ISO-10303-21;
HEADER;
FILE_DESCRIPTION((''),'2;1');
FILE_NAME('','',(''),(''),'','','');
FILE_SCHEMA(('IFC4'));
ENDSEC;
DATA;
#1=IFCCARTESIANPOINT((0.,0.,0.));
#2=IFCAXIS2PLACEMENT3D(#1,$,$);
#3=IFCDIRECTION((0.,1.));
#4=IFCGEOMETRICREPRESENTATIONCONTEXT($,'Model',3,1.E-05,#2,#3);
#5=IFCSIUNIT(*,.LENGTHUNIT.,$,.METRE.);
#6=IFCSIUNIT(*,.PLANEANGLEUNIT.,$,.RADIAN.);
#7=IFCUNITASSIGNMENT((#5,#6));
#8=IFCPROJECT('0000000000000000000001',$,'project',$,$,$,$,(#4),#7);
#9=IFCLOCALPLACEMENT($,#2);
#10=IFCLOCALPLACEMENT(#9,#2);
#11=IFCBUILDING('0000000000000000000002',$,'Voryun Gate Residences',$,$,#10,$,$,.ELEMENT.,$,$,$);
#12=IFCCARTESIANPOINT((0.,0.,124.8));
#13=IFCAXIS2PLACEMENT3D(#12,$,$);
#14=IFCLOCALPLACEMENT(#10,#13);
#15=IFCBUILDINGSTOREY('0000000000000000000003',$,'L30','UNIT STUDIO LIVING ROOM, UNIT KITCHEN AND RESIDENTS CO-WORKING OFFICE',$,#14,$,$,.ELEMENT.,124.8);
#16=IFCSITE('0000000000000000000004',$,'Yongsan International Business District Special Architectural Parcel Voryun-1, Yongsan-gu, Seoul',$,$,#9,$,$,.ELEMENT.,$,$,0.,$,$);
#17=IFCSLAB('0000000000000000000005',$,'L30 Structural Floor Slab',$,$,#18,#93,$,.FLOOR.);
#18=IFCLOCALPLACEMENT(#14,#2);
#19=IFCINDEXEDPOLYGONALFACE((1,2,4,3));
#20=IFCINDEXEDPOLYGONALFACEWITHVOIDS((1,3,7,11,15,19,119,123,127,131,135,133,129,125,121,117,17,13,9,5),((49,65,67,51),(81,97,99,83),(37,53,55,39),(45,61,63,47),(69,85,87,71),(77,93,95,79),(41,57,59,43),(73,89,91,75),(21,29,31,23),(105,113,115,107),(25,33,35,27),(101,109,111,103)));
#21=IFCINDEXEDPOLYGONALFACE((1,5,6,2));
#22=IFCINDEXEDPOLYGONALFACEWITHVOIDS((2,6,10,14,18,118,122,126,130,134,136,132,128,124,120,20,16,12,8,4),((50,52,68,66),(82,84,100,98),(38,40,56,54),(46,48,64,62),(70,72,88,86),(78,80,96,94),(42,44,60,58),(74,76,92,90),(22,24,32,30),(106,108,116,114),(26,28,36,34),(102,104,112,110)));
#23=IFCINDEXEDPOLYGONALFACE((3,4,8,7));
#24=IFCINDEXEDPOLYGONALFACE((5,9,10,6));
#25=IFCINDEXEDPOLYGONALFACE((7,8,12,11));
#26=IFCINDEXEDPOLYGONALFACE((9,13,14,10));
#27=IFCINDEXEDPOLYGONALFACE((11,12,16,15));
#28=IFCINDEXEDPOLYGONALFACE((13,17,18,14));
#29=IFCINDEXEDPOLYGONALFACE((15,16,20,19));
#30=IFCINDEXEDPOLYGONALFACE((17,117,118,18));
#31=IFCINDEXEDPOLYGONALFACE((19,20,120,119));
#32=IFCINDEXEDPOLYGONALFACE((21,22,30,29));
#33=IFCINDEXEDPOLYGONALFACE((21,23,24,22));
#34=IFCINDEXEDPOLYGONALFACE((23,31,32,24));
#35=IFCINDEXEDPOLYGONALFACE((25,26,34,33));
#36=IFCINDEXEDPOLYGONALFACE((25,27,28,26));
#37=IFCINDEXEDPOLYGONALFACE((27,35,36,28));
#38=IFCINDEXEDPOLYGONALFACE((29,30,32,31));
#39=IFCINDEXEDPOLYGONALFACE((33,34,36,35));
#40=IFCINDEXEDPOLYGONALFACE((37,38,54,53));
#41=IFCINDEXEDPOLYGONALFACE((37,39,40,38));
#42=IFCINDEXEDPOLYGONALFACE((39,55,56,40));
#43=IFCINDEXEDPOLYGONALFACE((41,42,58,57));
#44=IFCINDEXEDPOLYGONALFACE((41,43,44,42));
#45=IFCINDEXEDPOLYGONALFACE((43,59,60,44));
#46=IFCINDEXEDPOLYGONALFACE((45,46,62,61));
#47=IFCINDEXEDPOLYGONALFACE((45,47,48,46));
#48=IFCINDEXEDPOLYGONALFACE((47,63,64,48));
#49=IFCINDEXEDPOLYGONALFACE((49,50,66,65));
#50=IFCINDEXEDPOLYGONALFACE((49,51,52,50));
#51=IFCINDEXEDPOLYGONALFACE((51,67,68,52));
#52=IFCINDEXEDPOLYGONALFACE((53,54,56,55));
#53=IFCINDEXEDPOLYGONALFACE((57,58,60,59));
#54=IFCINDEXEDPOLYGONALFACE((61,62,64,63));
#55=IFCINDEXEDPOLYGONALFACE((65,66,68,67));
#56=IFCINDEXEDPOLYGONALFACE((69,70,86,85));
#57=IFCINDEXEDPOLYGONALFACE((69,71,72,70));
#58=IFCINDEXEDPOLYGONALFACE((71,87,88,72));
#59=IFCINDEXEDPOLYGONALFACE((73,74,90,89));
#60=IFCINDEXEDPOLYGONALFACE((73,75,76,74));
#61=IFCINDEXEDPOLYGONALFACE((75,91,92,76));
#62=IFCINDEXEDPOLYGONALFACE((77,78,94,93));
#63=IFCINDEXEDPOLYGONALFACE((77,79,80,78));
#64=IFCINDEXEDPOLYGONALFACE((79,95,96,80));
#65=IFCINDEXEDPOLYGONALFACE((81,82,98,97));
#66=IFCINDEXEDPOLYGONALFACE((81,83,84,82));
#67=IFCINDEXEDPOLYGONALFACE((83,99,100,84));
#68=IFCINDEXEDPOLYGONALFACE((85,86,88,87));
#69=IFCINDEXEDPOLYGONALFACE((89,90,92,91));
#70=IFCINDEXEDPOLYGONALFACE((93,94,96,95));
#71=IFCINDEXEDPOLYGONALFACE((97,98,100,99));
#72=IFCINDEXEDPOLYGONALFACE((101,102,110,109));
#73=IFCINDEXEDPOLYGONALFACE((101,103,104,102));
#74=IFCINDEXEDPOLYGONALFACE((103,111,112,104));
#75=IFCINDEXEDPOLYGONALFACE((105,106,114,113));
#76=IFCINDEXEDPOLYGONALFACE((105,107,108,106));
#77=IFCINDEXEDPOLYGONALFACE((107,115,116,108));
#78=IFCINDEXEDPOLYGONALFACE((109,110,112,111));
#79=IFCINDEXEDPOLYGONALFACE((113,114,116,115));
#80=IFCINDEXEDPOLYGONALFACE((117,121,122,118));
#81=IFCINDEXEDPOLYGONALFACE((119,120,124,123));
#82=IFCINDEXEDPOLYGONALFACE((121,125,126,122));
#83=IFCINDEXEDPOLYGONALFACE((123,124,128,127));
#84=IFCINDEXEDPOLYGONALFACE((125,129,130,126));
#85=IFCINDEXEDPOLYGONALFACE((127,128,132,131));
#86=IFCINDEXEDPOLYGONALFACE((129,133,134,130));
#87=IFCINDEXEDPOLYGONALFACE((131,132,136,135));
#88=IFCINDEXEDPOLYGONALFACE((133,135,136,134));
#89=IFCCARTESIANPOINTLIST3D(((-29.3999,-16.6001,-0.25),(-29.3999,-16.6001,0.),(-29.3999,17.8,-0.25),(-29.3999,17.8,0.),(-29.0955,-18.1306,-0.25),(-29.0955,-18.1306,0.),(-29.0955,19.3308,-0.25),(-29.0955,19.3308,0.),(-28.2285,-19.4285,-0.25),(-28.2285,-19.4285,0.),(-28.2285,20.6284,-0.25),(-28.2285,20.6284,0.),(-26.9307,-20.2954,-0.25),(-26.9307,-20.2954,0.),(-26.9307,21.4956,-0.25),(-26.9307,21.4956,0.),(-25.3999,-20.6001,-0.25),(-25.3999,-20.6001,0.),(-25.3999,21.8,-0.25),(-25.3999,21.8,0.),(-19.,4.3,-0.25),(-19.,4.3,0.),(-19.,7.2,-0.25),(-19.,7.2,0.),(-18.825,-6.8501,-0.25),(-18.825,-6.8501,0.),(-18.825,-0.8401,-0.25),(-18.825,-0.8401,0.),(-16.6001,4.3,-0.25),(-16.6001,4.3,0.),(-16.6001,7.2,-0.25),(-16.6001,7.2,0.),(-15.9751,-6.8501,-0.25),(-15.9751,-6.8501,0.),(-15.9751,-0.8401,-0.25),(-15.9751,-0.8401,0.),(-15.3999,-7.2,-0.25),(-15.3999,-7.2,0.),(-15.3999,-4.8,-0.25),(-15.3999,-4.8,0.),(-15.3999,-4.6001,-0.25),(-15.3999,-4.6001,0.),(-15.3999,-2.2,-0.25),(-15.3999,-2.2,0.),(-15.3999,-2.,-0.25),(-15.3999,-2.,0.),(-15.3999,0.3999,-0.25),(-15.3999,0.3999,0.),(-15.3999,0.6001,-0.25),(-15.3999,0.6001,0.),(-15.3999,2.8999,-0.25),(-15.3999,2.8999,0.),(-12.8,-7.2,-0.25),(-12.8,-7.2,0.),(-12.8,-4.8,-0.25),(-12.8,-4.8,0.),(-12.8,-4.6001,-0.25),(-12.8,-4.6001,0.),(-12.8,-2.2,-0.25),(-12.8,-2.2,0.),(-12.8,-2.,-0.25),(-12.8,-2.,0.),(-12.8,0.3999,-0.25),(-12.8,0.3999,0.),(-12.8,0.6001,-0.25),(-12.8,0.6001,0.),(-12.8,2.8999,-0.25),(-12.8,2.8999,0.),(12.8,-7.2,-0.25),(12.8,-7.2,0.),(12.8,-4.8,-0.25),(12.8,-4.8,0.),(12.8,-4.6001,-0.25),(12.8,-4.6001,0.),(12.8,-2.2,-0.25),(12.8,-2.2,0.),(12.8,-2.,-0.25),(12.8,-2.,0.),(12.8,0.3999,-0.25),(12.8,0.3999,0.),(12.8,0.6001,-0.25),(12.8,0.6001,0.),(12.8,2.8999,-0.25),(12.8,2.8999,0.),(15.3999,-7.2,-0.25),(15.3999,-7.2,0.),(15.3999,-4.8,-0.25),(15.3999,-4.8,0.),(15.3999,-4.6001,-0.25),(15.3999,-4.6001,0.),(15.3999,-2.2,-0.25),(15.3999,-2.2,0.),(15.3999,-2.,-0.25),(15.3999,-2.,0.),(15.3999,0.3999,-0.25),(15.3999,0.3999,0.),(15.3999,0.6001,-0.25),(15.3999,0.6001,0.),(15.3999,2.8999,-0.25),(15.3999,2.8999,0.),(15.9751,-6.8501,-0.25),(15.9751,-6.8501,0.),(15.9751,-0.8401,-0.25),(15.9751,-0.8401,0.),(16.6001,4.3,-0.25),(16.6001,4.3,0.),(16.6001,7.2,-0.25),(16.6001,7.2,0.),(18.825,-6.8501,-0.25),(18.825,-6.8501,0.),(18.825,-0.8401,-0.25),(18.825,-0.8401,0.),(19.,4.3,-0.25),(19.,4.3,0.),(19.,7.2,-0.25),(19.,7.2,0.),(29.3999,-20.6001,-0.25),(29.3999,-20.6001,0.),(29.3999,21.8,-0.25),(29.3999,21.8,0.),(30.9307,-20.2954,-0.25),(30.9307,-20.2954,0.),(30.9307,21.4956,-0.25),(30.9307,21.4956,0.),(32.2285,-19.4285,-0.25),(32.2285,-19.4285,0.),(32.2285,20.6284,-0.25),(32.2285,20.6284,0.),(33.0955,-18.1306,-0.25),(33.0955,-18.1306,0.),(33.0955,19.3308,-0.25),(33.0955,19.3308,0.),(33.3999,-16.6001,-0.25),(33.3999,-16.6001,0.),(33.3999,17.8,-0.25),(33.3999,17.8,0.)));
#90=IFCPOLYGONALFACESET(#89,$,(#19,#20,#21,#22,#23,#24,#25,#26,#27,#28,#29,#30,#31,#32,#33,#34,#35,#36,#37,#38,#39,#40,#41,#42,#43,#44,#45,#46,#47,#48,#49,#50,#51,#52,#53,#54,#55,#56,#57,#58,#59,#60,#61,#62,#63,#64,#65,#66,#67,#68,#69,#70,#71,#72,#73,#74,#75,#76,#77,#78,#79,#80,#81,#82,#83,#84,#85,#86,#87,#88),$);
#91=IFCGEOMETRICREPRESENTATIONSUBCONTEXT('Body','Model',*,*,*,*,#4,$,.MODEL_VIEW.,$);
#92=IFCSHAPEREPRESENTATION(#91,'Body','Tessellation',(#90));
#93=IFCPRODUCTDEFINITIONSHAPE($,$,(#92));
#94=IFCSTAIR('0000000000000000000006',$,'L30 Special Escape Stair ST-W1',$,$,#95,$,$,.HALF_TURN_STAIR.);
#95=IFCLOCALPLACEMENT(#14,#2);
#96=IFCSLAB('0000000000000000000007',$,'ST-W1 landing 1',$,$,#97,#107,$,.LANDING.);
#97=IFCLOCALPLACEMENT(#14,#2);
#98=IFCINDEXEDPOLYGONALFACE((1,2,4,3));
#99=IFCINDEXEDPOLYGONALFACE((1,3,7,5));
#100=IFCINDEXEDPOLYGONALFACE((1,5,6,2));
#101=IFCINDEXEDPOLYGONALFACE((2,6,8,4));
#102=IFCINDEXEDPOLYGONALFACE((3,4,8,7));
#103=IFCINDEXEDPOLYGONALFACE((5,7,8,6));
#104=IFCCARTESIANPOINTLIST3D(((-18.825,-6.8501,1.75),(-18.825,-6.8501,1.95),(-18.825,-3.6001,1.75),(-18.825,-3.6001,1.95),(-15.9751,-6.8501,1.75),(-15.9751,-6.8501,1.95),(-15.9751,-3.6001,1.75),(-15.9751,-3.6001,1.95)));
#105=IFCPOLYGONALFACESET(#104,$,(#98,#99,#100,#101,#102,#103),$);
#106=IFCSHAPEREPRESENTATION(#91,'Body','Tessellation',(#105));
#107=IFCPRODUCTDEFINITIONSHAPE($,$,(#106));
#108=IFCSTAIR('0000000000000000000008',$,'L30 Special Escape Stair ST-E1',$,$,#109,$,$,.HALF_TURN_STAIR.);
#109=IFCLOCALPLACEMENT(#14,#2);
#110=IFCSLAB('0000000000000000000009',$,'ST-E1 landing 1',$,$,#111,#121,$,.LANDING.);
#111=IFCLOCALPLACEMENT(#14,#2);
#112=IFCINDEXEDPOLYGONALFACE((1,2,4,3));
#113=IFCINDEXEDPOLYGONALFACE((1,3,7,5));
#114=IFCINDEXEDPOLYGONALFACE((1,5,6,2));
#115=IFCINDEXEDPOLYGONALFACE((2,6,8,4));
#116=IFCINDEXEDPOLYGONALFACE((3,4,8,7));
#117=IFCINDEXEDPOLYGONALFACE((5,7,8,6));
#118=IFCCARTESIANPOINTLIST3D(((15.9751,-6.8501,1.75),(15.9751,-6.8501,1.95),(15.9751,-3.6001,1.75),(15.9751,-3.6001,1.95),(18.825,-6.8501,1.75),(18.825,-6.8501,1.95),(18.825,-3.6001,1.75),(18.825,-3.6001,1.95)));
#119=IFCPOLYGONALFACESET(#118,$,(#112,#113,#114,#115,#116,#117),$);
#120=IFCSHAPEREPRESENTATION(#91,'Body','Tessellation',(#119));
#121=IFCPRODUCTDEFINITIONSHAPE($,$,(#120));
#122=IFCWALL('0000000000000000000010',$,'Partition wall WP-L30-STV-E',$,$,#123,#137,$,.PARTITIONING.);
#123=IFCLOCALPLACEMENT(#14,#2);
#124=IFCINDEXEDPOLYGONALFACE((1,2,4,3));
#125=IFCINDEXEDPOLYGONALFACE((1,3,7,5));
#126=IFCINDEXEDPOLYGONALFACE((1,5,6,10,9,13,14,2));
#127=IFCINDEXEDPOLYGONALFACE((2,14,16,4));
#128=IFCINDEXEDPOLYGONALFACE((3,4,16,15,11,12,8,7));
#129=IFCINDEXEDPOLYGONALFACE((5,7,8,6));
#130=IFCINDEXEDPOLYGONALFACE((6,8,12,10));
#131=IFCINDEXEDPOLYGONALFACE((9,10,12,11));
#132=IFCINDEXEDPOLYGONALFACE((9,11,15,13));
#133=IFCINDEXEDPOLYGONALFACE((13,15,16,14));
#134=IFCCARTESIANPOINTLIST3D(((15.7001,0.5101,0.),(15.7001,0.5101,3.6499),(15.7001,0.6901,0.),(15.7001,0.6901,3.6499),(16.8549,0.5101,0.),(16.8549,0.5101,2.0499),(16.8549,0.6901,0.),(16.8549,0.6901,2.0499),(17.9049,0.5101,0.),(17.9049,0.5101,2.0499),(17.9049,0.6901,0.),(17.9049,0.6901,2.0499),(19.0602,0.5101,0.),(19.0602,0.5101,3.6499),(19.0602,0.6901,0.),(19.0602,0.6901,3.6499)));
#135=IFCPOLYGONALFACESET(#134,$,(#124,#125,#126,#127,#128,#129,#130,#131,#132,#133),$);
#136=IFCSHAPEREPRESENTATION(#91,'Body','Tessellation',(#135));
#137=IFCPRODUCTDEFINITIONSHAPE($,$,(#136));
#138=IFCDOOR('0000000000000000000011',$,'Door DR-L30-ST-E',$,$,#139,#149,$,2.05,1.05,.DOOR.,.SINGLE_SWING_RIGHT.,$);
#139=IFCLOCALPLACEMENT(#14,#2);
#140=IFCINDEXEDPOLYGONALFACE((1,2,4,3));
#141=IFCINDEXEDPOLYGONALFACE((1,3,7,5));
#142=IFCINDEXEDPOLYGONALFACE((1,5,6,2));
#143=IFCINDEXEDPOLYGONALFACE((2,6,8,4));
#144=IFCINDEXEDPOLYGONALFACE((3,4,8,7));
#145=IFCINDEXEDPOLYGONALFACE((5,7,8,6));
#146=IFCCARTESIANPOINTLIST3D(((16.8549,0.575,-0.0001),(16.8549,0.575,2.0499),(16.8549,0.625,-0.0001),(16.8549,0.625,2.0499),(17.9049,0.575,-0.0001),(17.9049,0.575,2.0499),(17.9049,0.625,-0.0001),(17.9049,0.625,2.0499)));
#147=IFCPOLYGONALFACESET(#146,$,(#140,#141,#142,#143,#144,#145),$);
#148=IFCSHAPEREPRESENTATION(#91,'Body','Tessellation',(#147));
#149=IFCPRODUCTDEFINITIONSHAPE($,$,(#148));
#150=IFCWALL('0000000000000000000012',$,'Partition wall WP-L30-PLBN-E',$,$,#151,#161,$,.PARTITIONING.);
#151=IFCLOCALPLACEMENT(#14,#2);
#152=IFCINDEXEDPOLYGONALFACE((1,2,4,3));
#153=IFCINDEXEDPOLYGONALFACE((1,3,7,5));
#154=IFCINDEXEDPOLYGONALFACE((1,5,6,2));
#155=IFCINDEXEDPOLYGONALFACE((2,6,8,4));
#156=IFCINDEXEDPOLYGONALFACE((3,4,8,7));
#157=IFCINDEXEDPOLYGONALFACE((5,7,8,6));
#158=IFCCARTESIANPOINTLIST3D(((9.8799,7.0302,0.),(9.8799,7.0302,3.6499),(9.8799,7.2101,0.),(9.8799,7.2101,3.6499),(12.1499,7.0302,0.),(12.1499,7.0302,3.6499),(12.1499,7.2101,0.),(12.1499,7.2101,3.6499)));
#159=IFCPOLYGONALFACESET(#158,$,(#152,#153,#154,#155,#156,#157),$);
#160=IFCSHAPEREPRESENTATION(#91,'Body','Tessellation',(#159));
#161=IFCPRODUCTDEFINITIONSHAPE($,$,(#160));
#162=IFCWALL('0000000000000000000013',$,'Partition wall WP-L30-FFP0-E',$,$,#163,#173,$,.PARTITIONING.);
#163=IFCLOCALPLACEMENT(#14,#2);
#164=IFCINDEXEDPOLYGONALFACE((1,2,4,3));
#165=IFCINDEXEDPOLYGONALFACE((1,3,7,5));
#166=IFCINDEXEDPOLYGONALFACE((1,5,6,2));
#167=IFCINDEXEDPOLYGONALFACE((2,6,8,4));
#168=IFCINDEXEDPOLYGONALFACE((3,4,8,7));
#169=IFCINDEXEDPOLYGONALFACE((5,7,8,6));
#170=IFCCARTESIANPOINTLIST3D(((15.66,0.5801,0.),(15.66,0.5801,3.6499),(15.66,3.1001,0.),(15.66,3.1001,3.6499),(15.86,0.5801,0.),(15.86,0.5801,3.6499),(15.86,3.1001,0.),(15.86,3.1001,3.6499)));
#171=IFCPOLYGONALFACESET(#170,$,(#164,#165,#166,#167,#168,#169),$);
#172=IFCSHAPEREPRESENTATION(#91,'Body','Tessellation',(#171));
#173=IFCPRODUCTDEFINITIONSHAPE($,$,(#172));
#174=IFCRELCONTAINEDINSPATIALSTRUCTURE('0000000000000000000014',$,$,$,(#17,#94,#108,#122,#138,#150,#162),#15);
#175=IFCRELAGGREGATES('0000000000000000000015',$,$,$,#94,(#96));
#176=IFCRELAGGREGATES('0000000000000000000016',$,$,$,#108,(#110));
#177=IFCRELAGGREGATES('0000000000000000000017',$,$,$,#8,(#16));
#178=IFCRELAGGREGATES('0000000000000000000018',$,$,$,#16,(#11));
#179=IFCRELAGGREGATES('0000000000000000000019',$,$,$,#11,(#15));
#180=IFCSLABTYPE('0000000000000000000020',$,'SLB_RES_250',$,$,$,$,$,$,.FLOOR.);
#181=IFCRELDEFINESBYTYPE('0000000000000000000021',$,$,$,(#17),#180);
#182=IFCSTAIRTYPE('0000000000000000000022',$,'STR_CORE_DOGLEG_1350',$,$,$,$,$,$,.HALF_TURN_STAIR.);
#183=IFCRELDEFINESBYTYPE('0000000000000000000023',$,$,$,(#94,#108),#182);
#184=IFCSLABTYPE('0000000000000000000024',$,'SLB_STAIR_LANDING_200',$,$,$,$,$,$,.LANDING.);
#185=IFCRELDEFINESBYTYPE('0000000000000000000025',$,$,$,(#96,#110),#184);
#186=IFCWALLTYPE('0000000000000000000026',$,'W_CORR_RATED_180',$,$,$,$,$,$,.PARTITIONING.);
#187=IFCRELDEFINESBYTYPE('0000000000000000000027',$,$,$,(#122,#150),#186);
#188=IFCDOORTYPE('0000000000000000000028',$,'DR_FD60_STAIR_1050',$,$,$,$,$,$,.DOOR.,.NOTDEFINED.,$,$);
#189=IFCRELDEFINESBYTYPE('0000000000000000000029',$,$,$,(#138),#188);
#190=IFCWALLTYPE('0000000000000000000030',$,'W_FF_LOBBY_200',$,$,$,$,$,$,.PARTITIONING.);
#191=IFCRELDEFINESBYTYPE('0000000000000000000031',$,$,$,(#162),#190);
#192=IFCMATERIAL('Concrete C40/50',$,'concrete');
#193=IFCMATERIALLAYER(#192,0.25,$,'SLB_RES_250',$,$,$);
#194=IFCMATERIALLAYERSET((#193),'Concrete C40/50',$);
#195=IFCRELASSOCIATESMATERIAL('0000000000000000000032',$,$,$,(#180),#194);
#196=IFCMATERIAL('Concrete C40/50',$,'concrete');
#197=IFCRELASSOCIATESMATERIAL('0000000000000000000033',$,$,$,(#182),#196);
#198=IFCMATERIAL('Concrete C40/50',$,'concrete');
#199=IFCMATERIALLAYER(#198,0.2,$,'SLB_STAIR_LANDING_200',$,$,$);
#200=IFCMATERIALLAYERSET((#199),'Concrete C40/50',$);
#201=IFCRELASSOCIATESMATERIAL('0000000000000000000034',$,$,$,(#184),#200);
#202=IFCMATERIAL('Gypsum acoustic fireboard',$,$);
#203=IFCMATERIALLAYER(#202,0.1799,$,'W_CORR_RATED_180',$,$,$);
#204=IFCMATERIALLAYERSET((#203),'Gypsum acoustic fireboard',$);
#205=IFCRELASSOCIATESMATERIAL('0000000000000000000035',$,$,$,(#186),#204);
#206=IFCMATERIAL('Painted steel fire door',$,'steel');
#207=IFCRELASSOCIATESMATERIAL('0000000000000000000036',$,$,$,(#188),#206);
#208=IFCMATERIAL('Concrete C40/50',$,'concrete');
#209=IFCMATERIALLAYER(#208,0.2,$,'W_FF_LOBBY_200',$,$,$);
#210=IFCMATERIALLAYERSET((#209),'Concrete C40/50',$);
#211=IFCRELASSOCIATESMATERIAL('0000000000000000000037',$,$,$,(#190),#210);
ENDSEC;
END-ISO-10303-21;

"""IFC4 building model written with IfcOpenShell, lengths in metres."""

from ifc_helpers import new_model, si_unit, direction, frame, frame_2d, origin, place, context, subcontext, project, spatial, polyline, rectangle, outline, extrude, material, layer, layer_set, type_object, element, fill, aggregate, save


model = new_model("IFC4")

# Units and contexts
model_context = context("Model", 3, precision=1e-05, world=origin(), true_north=direction((0.0, 1.0)))
body_context = subcontext(model_context, "Body", "Model", "MODEL_VIEW")
ifc_project = project(units=[si_unit("LENGTHUNIT", "METRE"), si_unit("PLANEANGLEUNIT", "RADIAN")], contexts=[model_context])

# Site, building, storey
site_placement = place(None, origin())
site = spatial("IfcSite", under=ifc_project, at=site_placement, Name="Yongsan International Business District Special Architectural Parcel Voryun-1, Yongsan-gu, Seoul", CompositionType="ELEMENT", RefElevation=0.0)
building_placement = place(site_placement, origin())
building = spatial("IfcBuilding", under=site, at=building_placement, Name="Voryun Gate Residences", CompositionType="ELEMENT")
storey_placement = place(building_placement, frame((0.0, 0.0, 124.8)))
storey = spatial("IfcBuildingStorey", under=building, at=storey_placement, Name="L30", Description="UNIT STUDIO LIVING ROOM, UNIT KITCHEN AND RESIDENTS CO-WORKING OFFICE", CompositionType="ELEMENT", Elevation=124.8)

# Slab
ifc_material_1 = material(Name="Concrete C40/50", Category="concrete")
ifc_layer_1 = layer(ifc_material_1, 0.25, Name="SLB_RES_250")
ifc_layer_set_1 = layer_set([ifc_layer_1], Name="Concrete C40/50")
slab_type_1 = type_object("IfcSlabType", Name="SLB_RES_250", PredefinedType="FLOOR", material=ifc_layer_set_1)
slab_1_placement = place(storey_placement, frame((0.0, 0.0, -0.25)))
element("IfcSlab", 1, at=slab_1_placement, inside=storey, type_object=slab_type_1, Name="L30 Structural Floor Slab", PredefinedType="FLOOR", context=body_context, shape_type="SweptSolid", body=[
    extrude(outline(polyline([(-25.3999, -20.6001), (-26.9307, -20.2954), (-28.2285, -19.4285), (-29.0955, -18.1306), (-29.3999, -16.6001), (-29.3999, 17.8), (-29.0955, 19.3308), (-28.2285, 20.6284), (-26.9307, 21.4956), (-25.3999, 21.8), (29.3999, 21.8), (30.9307, 21.4956), (32.2285, 20.6284), (33.0955, 19.3308), (33.3999, 17.8), (33.3999, -16.6001), (33.0955, -18.1306), (32.2285, -19.4285), (30.9307, -20.2954), (29.3999, -20.6001), (-25.3999, -20.6001)]), holes=[polyline([(-12.8, -4.8), (-15.3999, -4.8), (-15.3999, -7.2), (-12.8, -7.2), (-12.8, -4.8)]), polyline([(-18.825, -6.8501), (-15.9751, -6.8501), (-15.9751, -0.8401), (-18.825, -0.8401), (-18.825, -6.8501)]), polyline([(-12.8, -4.6001), (-12.8, -2.2), (-15.3999, -2.2), (-15.3999, -4.6001), (-12.8, -4.6001)]), polyline([(-12.8, 0.3999), (-15.3999, 0.3999), (-15.3999, -2.0), (-12.8, -2.0), (-12.8, 0.3999)]), polyline([(-12.8, 0.6001), (-12.8, 2.8999), (-15.3999, 2.8999), (-15.3999, 0.6001), (-12.8, 0.6001)]), polyline([(-16.6001, 4.3), (-16.6001, 7.2), (-19.0, 7.2), (-19.0, 4.3), (-16.6001, 4.3)]), polyline([(15.3999, -4.8), (12.8, -4.8), (12.8, -7.2), (15.3999, -7.2), (15.3999, -4.8)]), polyline([(15.9751, -6.8501), (18.825, -6.8501), (18.825, -0.8401), (15.9751, -0.8401), (15.9751, -6.8501)]), polyline([(15.3999, -4.6001), (15.3999, -2.2), (12.8, -2.2), (12.8, -4.6001), (15.3999, -4.6001)]), polyline([(15.3999, 0.3999), (12.8, 0.3999), (12.8, -2.0), (15.3999, -2.0), (15.3999, 0.3999)]), polyline([(15.3999, 0.6001), (15.3999, 2.8999), (12.8, 2.8999), (12.8, 0.6001), (15.3999, 0.6001)]), polyline([(19.0, 4.3), (19.0, 7.2), (16.6001, 7.2), (16.6001, 4.3), (19.0, 4.3)])]), origin(), (0.0, 0.0, 1.0), 0.25),
])

# Stairs, slabs
ifc_material_2 = material(Name="Concrete C40/50", Category="concrete")
stair_type = type_object("IfcStairType", Name="STR_CORE_DOGLEG_1350", PredefinedType="HALF_TURN_STAIR", material=ifc_material_2)
stair_1_placement = place(storey_placement, origin())
stair_1 = element("IfcStair", 2, at=stair_1_placement, inside=storey, type_object=stair_type, Name="L30 Special Escape Stair ST-W1", PredefinedType="HALF_TURN_STAIR")
ifc_material_3 = material(Name="Concrete C40/50", Category="concrete")
ifc_layer_2 = layer(ifc_material_3, 0.2, Name="SLB_STAIR_LANDING_200")
ifc_layer_set_2 = layer_set([ifc_layer_2], Name="Concrete C40/50")
slab_type_2 = type_object("IfcSlabType", Name="SLB_STAIR_LANDING_200", PredefinedType="LANDING", material=ifc_layer_set_2)
slab_2_placement = place(storey_placement, frame((0.0, 0.0, 1.75)))
slab_2 = element("IfcSlab", 3, at=slab_2_placement, type_object=slab_type_2, Name="ST-W1 landing 1", PredefinedType="LANDING", context=body_context, shape_type="SweptSolid", body=[
    extrude(outline(polyline([(-18.825, -3.6001), (-18.825, -6.8501), (-15.9751, -6.8501), (-15.9751, -3.6001), (-18.825, -3.6001)])), origin(), (0.0, 0.0, 1.0), 0.2),
])
aggregate(stair_1, [slab_2])
stair_2_placement = place(storey_placement, origin())
stair_2 = element("IfcStair", 4, at=stair_2_placement, inside=storey, type_object=stair_type, Name="L30 Special Escape Stair ST-E1", PredefinedType="HALF_TURN_STAIR")
slab_3_placement = place(storey_placement, frame((0.0, 0.0, 1.75)))
slab_3 = element("IfcSlab", 5, at=slab_3_placement, type_object=slab_type_2, Name="ST-E1 landing 1", PredefinedType="LANDING", context=body_context, shape_type="SweptSolid", body=[
    extrude(outline(polyline([(15.9751, -3.6001), (15.9751, -6.8501), (18.825, -6.8501), (18.825, -3.6001), (15.9751, -3.6001)])), origin(), (0.0, 0.0, 1.0), 0.2),
])
aggregate(stair_2, [slab_3])

# Wall, opening, door
ifc_material_4 = material(Name="Gypsum acoustic fireboard")
ifc_layer_3 = layer(ifc_material_4, 0.1799, Name="W_CORR_RATED_180")
ifc_layer_set_3 = layer_set([ifc_layer_3], Name="Gypsum acoustic fireboard")
wall_type_1 = type_object("IfcWallType", Name="W_CORR_RATED_180", PredefinedType="PARTITIONING", material=ifc_layer_set_3)
wall_1_placement = place(storey_placement, frame((15.7, 0.6001, 0.0), z_axis=(0.0, 0.0, 1.0), x_axis=(1.0, 0.0, 0.0)))
wall_1 = element("IfcWall", 6, at=wall_1_placement, inside=storey, type_object=wall_type_1, Name="Partition wall WP-L30-STV-E", PredefinedType="PARTITIONING", context=body_context, shape_type="SweptSolid", body=[
    extrude(rectangle(XDim=3.3601, YDim=0.1799, at=frame_2d((1.6802, 0.0))), origin(), (0.0, 0.0, 1.0), 3.6499),
])
opening_1_placement = place(wall_1_placement, frame((1.155, 0.0, 0.0)))
opening_1 = element("IfcOpeningElement", 7, at=opening_1_placement, cuts=wall_1, PredefinedType="OPENING", context=body_context, shape_type="SweptSolid", body=[
    extrude(rectangle(XDim=1.05, YDim=2.05, at=frame_2d((0.5249, 1.0249))), frame((0.0, 0.0999, 0.0), z_axis=(0.0, -1.0, 0.0), x_axis=(1.0, 0.0, 0.0)), (0.0, 0.0, 1.0), 0.2),
])
ifc_material_5 = material(Name="Painted steel fire door", Category="steel")
door_type_1 = type_object("IfcDoorType", Name="DR_FD60_STAIR_1050", OperationType="NOTDEFINED", PredefinedType="DOOR", material=ifc_material_5)
door_1_placement = place(opening_1_placement, origin())
door_1 = element("IfcDoor", 8, at=door_1_placement, inside=storey, type_object=door_type_1, Name="Door DR-L30-ST-E", OperationType="SINGLE_SWING_RIGHT", OverallHeight=2.05, OverallWidth=1.05, PredefinedType="DOOR", context=body_context, shape_type="SweptSolid", body=[
    extrude(rectangle(XDim=1.05, YDim=2.05, at=frame_2d((0.5249, 1.0249))), frame((0.0, 0.0249, 0.0), z_axis=(0.0, -1.0, 0.0), x_axis=(1.0, 0.0, 0.0)), (0.0, 0.0, 1.0), 0.05),
])
fill(opening_1, door_1)

# Walls
wall_2_placement = place(storey_placement, frame((9.8799, 7.1201, 0.0), z_axis=(0.0, 0.0, 1.0), x_axis=(1.0, 0.0, 0.0)))
element("IfcWall", 9, at=wall_2_placement, inside=storey, type_object=wall_type_1, Name="Partition wall WP-L30-PLBN-E", PredefinedType="PARTITIONING", context=body_context, shape_type="SweptSolid", body=[
    extrude(rectangle(XDim=2.27, YDim=0.1799, at=frame_2d((1.135, 0.0))), origin(), (0.0, 0.0, 1.0), 3.6499),
])
ifc_material_6 = material(Name="Concrete C40/50", Category="concrete")
ifc_layer_4 = layer(ifc_material_6, 0.2, Name="W_FF_LOBBY_200")
ifc_layer_set_4 = layer_set([ifc_layer_4], Name="Concrete C40/50")
wall_type_2 = type_object("IfcWallType", Name="W_FF_LOBBY_200", PredefinedType="PARTITIONING", material=ifc_layer_set_4)
wall_3_placement = place(storey_placement, frame((15.76, 0.5801, 0.0), z_axis=(0.0, 0.0, 1.0), x_axis=(0.0, 1.0, 0.0)))
element("IfcWall", 10, at=wall_3_placement, inside=storey, type_object=wall_type_2, Name="Partition wall WP-L30-FFP0-E", PredefinedType="PARTITIONING", context=body_context, shape_type="SweptSolid", body=[
    extrude(rectangle(XDim=2.52, YDim=0.2, at=frame_2d((1.26, 0.0))), origin(), (0.0, 0.0, 1.0), 3.6499),
])

save(model, "model.ifc")
